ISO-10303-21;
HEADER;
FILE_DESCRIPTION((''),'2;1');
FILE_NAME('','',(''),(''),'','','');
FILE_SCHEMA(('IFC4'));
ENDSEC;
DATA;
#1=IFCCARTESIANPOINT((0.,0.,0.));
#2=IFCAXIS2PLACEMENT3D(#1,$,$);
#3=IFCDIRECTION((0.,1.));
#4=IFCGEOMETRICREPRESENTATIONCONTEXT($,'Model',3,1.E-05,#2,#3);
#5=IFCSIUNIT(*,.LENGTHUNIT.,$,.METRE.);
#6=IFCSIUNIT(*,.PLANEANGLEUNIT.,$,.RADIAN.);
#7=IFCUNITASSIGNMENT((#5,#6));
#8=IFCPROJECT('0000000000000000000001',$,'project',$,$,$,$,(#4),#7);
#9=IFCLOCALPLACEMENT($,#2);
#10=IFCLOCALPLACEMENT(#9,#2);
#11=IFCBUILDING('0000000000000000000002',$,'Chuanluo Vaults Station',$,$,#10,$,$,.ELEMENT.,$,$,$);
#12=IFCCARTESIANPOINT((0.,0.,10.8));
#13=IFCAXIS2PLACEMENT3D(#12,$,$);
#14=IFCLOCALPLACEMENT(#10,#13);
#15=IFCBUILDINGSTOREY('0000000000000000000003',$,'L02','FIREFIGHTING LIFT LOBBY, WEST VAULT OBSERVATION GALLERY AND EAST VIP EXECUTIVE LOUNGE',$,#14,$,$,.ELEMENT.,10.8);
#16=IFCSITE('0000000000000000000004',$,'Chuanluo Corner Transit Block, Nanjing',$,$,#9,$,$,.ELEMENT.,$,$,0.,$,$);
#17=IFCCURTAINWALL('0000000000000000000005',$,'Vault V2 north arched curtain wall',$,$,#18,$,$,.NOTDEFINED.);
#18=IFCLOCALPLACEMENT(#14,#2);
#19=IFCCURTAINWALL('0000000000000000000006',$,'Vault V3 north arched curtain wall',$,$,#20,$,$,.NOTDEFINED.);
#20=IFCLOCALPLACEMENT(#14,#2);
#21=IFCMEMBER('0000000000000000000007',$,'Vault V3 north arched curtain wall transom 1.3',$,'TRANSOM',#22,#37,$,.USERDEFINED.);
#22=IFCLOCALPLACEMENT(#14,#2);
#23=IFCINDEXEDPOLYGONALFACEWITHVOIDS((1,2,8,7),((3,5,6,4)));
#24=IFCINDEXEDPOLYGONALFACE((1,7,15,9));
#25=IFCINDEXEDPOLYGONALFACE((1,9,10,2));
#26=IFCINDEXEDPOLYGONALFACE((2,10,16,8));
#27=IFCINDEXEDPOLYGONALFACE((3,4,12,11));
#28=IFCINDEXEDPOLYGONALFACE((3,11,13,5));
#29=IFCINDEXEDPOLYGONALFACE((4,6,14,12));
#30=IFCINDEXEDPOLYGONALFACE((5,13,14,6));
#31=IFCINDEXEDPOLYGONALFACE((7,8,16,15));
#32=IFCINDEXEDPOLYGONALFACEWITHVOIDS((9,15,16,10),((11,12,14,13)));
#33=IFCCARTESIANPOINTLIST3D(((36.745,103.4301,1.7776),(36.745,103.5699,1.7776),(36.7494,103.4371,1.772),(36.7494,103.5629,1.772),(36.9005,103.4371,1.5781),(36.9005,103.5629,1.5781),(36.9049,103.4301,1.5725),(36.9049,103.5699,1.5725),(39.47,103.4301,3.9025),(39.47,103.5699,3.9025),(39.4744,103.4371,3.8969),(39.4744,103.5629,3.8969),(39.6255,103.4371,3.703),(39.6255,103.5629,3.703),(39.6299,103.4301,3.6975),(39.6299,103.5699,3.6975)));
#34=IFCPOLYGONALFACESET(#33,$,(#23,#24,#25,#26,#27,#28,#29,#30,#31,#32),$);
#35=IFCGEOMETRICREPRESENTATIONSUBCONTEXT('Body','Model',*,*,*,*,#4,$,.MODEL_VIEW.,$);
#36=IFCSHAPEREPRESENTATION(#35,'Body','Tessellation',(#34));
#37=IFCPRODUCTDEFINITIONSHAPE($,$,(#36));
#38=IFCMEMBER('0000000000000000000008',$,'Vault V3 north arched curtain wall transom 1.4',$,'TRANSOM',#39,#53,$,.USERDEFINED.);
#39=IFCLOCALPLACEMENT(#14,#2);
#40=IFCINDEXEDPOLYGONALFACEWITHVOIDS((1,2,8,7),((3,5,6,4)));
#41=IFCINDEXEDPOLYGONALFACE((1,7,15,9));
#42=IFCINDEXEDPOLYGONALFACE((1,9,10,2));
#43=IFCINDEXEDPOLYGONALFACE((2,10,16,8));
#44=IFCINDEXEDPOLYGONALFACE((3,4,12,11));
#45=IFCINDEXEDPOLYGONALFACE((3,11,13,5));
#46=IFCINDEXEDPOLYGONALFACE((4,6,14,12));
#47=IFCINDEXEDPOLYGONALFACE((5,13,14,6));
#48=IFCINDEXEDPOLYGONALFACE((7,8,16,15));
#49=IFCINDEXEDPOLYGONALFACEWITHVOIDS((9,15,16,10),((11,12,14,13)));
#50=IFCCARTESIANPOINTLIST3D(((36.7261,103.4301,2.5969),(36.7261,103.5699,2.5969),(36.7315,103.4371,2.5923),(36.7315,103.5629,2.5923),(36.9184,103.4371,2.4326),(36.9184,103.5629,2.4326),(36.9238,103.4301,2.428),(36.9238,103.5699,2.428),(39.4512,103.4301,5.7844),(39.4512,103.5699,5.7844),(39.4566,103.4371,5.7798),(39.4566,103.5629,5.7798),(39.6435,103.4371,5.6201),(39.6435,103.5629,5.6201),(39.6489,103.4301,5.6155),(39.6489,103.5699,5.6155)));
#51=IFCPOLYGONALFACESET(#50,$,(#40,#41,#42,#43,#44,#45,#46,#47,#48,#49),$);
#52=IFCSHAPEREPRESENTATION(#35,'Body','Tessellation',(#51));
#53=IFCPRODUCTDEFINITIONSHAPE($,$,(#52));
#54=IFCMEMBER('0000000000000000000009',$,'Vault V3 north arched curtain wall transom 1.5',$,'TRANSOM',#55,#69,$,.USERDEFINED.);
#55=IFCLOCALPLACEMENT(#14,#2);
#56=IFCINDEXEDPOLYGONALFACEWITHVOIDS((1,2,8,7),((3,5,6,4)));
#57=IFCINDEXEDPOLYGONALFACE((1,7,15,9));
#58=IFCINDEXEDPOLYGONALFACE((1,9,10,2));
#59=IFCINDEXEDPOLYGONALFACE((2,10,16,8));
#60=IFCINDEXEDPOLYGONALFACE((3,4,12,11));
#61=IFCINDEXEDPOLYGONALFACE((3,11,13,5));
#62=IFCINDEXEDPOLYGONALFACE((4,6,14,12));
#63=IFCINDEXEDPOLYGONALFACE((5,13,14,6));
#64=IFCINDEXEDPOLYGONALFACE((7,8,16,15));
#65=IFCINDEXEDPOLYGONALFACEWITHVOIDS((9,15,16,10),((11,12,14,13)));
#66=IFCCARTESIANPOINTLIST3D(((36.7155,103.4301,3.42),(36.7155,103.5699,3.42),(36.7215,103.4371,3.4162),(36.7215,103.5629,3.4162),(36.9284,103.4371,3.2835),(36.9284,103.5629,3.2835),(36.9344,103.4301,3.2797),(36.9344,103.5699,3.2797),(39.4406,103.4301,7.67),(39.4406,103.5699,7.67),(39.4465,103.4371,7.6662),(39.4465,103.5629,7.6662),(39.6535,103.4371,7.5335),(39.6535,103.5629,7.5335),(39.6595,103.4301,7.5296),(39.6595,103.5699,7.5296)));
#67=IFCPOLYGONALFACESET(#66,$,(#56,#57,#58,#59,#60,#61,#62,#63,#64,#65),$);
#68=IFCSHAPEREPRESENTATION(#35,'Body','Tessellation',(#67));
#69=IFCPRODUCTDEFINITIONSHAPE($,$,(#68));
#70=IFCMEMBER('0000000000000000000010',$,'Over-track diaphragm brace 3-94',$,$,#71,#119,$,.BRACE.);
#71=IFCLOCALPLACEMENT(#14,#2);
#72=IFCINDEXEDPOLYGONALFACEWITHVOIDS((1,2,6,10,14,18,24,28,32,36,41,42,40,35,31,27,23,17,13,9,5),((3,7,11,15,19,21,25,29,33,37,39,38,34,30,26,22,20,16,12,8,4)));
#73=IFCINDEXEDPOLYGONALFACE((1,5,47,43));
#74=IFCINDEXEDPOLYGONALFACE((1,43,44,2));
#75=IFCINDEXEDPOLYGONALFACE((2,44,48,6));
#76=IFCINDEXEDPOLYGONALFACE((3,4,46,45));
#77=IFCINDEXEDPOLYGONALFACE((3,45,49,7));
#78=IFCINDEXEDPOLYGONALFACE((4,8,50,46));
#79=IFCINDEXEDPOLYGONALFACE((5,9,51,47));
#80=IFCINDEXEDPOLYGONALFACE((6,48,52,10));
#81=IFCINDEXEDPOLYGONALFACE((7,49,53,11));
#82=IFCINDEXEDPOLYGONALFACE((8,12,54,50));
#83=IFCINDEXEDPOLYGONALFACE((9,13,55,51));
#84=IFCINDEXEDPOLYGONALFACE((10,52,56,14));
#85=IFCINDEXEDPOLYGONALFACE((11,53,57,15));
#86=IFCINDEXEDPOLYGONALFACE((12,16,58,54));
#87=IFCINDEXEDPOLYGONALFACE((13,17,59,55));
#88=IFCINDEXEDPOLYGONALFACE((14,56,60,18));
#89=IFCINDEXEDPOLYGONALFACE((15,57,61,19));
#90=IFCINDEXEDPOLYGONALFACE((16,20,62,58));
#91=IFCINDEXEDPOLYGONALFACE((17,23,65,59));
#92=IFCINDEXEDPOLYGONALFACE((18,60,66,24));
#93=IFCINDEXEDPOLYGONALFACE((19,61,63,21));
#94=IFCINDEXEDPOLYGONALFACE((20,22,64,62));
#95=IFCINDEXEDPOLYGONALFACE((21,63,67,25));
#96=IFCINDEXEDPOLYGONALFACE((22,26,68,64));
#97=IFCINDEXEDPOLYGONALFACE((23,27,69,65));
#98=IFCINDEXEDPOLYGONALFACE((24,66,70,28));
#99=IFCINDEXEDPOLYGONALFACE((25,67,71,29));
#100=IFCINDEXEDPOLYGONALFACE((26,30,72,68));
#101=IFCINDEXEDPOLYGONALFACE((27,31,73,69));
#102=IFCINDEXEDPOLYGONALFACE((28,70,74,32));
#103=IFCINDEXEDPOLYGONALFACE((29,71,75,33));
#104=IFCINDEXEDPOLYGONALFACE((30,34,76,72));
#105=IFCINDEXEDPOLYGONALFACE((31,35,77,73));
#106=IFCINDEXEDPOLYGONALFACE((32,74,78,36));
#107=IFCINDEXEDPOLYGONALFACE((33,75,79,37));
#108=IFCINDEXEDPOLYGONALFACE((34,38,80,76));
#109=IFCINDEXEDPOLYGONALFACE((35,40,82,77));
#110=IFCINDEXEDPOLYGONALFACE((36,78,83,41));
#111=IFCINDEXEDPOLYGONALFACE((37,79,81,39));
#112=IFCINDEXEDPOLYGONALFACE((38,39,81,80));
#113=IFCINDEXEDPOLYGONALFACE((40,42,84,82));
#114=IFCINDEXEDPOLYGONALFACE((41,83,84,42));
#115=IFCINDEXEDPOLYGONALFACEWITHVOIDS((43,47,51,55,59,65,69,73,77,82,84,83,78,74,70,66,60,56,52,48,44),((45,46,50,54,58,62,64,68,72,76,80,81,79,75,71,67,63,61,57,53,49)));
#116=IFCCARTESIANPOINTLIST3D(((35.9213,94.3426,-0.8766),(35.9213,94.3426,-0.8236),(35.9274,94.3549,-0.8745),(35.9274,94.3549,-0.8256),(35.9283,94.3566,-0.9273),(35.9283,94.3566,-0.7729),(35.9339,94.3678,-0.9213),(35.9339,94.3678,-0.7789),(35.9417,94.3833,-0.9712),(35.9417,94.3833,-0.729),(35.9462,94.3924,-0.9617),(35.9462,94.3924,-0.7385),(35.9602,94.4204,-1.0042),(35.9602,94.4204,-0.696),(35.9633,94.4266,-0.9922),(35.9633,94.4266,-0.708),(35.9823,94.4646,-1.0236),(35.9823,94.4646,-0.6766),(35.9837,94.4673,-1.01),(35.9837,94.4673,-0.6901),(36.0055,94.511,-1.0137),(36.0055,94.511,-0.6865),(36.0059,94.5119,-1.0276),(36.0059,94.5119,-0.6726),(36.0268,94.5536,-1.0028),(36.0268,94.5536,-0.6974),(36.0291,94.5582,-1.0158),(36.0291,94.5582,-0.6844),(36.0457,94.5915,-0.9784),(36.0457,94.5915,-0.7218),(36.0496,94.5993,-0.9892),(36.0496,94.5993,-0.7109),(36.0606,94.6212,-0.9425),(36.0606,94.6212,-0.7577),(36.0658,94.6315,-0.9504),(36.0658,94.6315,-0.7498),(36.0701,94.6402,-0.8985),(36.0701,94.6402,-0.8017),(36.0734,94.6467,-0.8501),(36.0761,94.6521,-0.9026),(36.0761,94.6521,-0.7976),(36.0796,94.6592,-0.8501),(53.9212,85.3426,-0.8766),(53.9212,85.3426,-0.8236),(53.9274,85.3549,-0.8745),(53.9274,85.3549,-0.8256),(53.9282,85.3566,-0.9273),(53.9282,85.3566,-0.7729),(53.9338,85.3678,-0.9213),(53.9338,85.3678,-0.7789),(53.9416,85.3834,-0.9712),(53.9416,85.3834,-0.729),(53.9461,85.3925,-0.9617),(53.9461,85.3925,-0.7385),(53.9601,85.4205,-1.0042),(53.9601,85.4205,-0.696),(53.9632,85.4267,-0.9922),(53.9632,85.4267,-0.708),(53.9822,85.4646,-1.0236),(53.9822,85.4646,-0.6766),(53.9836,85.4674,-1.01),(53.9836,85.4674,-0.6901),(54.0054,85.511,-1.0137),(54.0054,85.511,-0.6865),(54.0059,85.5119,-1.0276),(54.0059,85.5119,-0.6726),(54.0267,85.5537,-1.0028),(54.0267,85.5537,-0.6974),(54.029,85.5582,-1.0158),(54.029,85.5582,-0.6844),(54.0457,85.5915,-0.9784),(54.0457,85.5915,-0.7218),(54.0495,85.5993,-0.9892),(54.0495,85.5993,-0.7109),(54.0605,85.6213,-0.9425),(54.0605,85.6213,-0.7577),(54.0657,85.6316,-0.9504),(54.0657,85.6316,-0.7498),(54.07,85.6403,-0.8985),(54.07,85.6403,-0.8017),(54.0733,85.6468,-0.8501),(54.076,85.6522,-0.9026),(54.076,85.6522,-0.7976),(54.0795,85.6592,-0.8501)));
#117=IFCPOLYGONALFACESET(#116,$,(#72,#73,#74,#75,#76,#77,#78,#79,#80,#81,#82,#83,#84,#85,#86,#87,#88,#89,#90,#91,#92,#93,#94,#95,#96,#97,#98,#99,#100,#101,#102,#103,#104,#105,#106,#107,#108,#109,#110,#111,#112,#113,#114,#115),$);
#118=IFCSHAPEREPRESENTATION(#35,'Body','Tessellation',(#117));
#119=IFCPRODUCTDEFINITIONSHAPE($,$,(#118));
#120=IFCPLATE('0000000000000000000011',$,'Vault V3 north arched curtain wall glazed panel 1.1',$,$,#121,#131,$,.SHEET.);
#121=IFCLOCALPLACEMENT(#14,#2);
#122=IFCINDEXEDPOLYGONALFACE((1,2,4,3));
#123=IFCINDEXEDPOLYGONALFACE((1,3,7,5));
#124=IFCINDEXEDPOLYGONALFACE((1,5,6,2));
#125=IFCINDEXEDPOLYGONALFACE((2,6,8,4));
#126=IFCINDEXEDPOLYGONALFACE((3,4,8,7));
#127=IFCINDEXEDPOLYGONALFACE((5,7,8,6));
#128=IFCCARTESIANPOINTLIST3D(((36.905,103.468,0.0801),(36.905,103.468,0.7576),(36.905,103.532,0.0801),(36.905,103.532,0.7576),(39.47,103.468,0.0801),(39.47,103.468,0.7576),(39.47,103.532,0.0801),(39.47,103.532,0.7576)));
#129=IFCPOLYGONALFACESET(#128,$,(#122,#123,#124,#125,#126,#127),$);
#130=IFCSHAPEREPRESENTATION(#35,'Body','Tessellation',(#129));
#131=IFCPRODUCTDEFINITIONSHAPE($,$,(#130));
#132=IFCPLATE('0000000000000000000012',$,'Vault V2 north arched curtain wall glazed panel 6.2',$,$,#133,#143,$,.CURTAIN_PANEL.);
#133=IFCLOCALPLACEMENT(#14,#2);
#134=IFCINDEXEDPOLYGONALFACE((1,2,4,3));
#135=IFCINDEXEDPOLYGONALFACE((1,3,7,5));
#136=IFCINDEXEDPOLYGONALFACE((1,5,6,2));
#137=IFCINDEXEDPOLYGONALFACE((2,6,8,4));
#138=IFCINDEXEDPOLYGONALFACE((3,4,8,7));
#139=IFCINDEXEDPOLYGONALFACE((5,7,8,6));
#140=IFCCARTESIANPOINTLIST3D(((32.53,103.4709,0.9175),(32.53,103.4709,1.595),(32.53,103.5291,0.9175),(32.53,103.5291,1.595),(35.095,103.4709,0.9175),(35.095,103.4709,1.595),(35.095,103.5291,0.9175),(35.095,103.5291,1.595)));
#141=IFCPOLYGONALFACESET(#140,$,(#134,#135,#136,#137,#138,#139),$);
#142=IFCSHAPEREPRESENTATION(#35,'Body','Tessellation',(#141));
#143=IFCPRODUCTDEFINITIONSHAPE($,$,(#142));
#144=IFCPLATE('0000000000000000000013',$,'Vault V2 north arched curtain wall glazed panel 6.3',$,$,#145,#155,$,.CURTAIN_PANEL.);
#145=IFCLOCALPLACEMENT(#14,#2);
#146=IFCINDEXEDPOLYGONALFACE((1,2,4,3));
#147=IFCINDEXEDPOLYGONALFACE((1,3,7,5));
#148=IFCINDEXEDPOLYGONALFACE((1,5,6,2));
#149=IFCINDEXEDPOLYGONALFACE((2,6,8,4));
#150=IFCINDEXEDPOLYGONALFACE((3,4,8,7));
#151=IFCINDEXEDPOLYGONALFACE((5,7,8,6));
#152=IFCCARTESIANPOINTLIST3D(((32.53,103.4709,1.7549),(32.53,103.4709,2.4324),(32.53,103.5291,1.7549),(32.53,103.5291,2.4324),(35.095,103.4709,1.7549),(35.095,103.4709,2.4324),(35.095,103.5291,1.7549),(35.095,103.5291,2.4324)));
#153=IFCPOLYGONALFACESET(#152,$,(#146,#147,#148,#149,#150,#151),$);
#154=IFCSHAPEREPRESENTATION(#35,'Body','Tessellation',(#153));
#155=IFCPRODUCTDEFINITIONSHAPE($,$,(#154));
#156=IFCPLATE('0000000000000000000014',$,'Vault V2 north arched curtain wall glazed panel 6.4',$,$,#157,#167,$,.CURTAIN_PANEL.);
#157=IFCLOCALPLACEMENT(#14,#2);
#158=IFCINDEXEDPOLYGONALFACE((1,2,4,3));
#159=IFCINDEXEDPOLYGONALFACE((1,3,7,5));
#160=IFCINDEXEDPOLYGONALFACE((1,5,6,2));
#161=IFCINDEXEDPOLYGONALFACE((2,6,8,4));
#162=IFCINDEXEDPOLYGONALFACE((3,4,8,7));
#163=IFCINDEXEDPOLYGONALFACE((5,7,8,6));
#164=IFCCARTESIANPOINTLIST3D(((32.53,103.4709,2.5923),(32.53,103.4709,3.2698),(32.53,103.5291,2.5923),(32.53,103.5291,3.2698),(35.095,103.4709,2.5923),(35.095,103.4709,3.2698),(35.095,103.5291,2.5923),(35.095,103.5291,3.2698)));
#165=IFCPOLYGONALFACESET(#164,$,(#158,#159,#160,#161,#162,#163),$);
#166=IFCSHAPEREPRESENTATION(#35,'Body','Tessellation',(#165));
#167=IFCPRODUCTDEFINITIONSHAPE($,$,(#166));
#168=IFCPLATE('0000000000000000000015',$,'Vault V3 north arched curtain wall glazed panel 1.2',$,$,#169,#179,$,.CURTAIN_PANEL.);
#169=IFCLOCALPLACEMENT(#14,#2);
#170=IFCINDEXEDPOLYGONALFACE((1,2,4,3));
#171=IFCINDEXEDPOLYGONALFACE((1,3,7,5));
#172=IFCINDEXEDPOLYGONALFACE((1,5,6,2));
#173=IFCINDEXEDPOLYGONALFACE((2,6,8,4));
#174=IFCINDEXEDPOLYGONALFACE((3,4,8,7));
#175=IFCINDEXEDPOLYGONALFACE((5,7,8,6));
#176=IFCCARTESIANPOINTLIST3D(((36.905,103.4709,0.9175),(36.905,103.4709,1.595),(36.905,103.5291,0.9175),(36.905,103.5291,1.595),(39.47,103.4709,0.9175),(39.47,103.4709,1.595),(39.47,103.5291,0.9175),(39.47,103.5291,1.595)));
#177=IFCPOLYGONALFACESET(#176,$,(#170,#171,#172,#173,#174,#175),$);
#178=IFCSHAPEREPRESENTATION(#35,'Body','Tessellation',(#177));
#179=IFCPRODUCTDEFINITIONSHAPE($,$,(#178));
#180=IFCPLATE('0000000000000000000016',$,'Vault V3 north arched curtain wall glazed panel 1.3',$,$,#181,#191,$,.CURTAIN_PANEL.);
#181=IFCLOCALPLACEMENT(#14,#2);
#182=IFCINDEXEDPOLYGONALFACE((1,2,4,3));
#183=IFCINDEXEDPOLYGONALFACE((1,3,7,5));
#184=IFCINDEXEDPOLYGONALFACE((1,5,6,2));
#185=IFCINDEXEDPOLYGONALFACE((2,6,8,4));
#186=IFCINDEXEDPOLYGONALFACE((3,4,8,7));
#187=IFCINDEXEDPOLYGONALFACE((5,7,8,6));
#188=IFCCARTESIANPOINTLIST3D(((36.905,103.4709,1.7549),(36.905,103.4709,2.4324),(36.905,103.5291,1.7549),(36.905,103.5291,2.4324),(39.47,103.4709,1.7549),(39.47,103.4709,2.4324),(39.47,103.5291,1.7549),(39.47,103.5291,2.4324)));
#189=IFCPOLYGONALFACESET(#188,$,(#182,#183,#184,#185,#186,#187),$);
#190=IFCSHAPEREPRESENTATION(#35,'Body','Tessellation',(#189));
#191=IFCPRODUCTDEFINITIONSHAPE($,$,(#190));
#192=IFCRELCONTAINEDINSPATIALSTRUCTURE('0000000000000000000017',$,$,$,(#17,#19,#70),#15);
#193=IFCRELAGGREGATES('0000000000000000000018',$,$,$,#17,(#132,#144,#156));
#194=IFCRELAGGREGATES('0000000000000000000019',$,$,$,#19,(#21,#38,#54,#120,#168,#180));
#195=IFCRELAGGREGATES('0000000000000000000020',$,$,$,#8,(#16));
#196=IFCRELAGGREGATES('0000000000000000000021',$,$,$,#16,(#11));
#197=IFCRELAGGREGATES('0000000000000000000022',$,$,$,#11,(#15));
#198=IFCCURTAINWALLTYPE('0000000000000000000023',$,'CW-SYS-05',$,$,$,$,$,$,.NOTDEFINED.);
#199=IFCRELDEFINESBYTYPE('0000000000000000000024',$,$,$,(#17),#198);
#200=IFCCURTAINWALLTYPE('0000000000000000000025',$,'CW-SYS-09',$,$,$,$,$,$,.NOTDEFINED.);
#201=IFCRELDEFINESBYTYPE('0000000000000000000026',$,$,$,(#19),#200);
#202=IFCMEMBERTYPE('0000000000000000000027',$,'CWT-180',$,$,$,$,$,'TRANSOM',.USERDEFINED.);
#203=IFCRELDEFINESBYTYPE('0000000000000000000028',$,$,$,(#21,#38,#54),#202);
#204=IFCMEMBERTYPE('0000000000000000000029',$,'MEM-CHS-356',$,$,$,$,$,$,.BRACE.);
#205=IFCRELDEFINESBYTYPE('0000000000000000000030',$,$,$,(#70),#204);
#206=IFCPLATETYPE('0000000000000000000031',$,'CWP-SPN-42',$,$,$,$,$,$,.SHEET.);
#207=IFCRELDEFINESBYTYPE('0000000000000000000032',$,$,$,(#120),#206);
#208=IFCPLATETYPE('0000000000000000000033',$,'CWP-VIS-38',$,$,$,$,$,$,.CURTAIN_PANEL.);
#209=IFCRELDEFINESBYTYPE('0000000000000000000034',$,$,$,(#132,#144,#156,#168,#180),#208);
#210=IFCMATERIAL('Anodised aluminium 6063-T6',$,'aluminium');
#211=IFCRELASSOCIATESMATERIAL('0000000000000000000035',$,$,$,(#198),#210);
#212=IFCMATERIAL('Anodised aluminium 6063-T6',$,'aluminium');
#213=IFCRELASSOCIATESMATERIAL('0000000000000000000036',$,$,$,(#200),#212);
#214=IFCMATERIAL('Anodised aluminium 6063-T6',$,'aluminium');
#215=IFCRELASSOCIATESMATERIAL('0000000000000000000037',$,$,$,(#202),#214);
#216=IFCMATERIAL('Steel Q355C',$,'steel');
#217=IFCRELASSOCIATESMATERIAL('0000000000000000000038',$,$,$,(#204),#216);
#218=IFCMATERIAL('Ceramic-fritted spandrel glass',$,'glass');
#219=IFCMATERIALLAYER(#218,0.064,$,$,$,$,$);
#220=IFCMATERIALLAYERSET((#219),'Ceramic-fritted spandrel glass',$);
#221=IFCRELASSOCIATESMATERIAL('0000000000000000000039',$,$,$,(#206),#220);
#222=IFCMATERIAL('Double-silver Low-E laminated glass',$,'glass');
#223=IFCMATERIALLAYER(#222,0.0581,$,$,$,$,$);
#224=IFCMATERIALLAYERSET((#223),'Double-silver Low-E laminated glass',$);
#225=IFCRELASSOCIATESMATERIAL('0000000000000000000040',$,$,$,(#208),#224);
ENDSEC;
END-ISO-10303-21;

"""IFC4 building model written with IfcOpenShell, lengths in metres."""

from ifc_helpers import new_model, si_unit, direction, frame, origin, origin_2d, place, context, subcontext, project, spatial, rectangle, hollow_rectangle, hollow_circle, extrude, material, layer, layer_set, material_profile, profile_set, type_object, element, aggregate, save


model = new_model("IFC4")

# Units and contexts
model_context = context("Model", 3, precision=1e-05, world=origin(), true_north=direction((0.0, 1.0)))
body_context = subcontext(model_context, "Body", "Model", "MODEL_VIEW")
ifc_project = project(units=[si_unit("LENGTHUNIT", "METRE"), si_unit("PLANEANGLEUNIT", "RADIAN")], contexts=[model_context])

# Site, building, storey
site_placement = place(None, origin())
site = spatial("IfcSite", under=ifc_project, at=site_placement, Name="Chuanluo Corner Transit Block, Nanjing", CompositionType="ELEMENT", RefElevation=0.0)
building_placement = place(site_placement, origin())
building = spatial("IfcBuilding", under=site, at=building_placement, Name="Chuanluo Vaults Station", CompositionType="ELEMENT")
storey_placement = place(building_placement, frame((0.0, 0.0, 10.8)))
storey = spatial("IfcBuildingStorey", under=building, at=storey_placement, Name="L02", Description="FIREFIGHTING LIFT LOBBY, WEST VAULT OBSERVATION GALLERY AND EAST VIP EXECUTIVE LOUNGE", CompositionType="ELEMENT", Elevation=10.8)

# Curtain wall
ifc_material_1 = material(Name="Anodised aluminium 6063-T6", Category="aluminium")
curtain_wall_type_1 = type_object("IfcCurtainWallType", Name="CW-SYS-05", PredefinedType="NOTDEFINED", material=ifc_material_1)
curtain_wall_1_placement = place(storey_placement, origin())
curtain_wall_1 = element("IfcCurtainWall", 1, at=curtain_wall_1_placement, inside=storey, type_object=curtain_wall_type_1, Name="Vault V2 north arched curtain wall", PredefinedType="NOTDEFINED")

# Curtain wall, members
ifc_material_2 = material(Name="Anodised aluminium 6063-T6", Category="aluminium")
curtain_wall_type_2 = type_object("IfcCurtainWallType", Name="CW-SYS-09", PredefinedType="NOTDEFINED", material=ifc_material_2)
curtain_wall_2_placement = place(storey_placement, origin())
curtain_wall_2 = element("IfcCurtainWall", 2, at=curtain_wall_2_placement, inside=storey, type_object=curtain_wall_type_2, Name="Vault V3 north arched curtain wall", PredefinedType="NOTDEFINED")
ifc_material_3 = material(Name="Anodised aluminium 6063-T6", Category="aluminium")
ifc_material_profile_1 = material_profile(ifc_material_3, hollow_rectangle(XDim=0.1399, YDim=0.26, WallThickness=0.0071, at=origin_2d()))
ifc_profile_set_1 = profile_set([ifc_material_profile_1], Name="Anodised aluminium 6063-T6")
member_type_1 = type_object("IfcMemberType", Name="CWT-180", ElementType="TRANSOM", PredefinedType="USERDEFINED", material=ifc_profile_set_1)
member_1_placement = place(storey_placement, frame((36.825, 103.5, 1.675), z_axis=(0.788583, 0.0, 0.614928), x_axis=(0.0, 1.0, 0.0)))
member_1 = element("IfcMember", 3, at=member_1_placement, type_object=member_type_1, Name="Vault V3 north arched curtain wall transom 1.3", ObjectType="TRANSOM", PredefinedType="USERDEFINED", context=body_context, shape_type="SweptSolid", body=[
    extrude(hollow_rectangle(XDim=0.1399, YDim=0.26, WallThickness=0.0071, at=origin_2d()), origin(), (0.0, 0.0, 1.0), 3.4556),
])
member_2_placement = place(storey_placement, frame((36.825, 103.5, 2.5125), z_axis=(0.649822, 0.0, 0.760086), x_axis=(0.0, 1.0, 0.0)))
member_2 = element("IfcMember", 4, at=member_2_placement, type_object=member_type_1, Name="Vault V3 north arched curtain wall transom 1.4", ObjectType="TRANSOM", PredefinedType="USERDEFINED", context=body_context, shape_type="SweptSolid", body=[
    extrude(hollow_rectangle(XDim=0.1399, YDim=0.26, WallThickness=0.0071, at=origin_2d()), origin(), (0.0, 0.0, 1.0), 4.1936),
])
member_3_placement = place(storey_placement, frame((36.825, 103.5, 3.3499), z_axis=(0.53977, 0.0, 0.841813), x_axis=(0.0, 1.0, 0.0)))
member_3 = element("IfcMember", 5, at=member_3_placement, type_object=member_type_1, Name="Vault V3 north arched curtain wall transom 1.5", ObjectType="TRANSOM", PredefinedType="USERDEFINED", context=body_context, shape_type="SweptSolid", body=[
    extrude(hollow_rectangle(XDim=0.1399, YDim=0.26, WallThickness=0.0071, at=origin_2d()), origin(), (0.0, 0.0, 1.0), 5.0486),
])

# Member
ifc_material_4 = material(Name="Steel Q355C", Category="steel")
ifc_material_profile_2 = material_profile(ifc_material_4, hollow_circle(Radius=0.178, WallThickness=0.0139, at=origin_2d()))
ifc_profile_set_2 = profile_set([ifc_material_profile_2], Name="Steel Q355C")
member_type_2 = type_object("IfcMemberType", Name="MEM-CHS-356", PredefinedType="BRACE", material=ifc_profile_set_2)
member_4_placement = place(storey_placement, frame((36.0, 94.5, -0.8501), z_axis=(0.894427, -0.447214, 0.0), x_axis=(0.447214, 0.894427, 0.0)))
element("IfcMember", 6, at=member_4_placement, inside=storey, type_object=member_type_2, Name="Over-track diaphragm brace 3-94", PredefinedType="BRACE", context=body_context, shape_type="SweptSolid", body=[
    extrude(hollow_circle(Radius=0.178, WallThickness=0.0139, at=origin_2d()), origin(), (0.0, 0.0, 1.0), 20.1245),
])

# Plates
ifc_material_5 = material(Name="Ceramic-fritted spandrel glass", Category="glass")
ifc_layer_1 = layer(ifc_material_5, 0.064)
ifc_layer_set_1 = layer_set([ifc_layer_1], Name="Ceramic-fritted spandrel glass")
plate_type_1 = type_object("IfcPlateType", Name="CWP-SPN-42", PredefinedType="SHEET", material=ifc_layer_set_1)
plate_1_placement = place(storey_placement, frame((38.1875, 103.5, 0.0801), z_axis=(0.0, 0.0, 1.0), x_axis=(1.0, 0.0, 0.0)))
plate_1 = element("IfcPlate", 7, at=plate_1_placement, type_object=plate_type_1, Name="Vault V3 north arched curtain wall glazed panel 1.1", PredefinedType="SHEET", context=body_context, shape_type="SweptSolid", body=[
    extrude(rectangle(XDim=2.5649, YDim=0.064, at=origin_2d()), origin(), (0.0, 0.0, 1.0), 0.6775),
])
ifc_material_6 = material(Name="Double-silver Low-E laminated glass", Category="glass")
ifc_layer_2 = layer(ifc_material_6, 0.0581)
ifc_layer_set_2 = layer_set([ifc_layer_2], Name="Double-silver Low-E laminated glass")
plate_type_2 = type_object("IfcPlateType", Name="CWP-VIS-38", PredefinedType="CURTAIN_PANEL", material=ifc_layer_set_2)
plate_2_placement = place(storey_placement, frame((33.8125, 103.5, 0.9175), z_axis=(0.0, 0.0, 1.0), x_axis=(1.0, 0.0, 0.0)))
plate_2 = element("IfcPlate", 8, at=plate_2_placement, type_object=plate_type_2, Name="Vault V2 north arched curtain wall glazed panel 6.2", PredefinedType="CURTAIN_PANEL", context=body_context, shape_type="SweptSolid", body=[
    extrude(rectangle(XDim=2.5649, YDim=0.0581, at=origin_2d()), origin(), (0.0, 0.0, 1.0), 0.6775),
])
plate_3_placement = place(storey_placement, frame((33.8125, 103.5, 1.7549), z_axis=(0.0, 0.0, 1.0), x_axis=(1.0, 0.0, 0.0)))
plate_3 = element("IfcPlate", 9, at=plate_3_placement, type_object=plate_type_2, Name="Vault V2 north arched curtain wall glazed panel 6.3", PredefinedType="CURTAIN_PANEL", context=body_context, shape_type="SweptSolid", body=[
    extrude(rectangle(XDim=2.5649, YDim=0.0581, at=origin_2d()), origin(), (0.0, 0.0, 1.0), 0.6775),
])
plate_4_placement = place(storey_placement, frame((33.8125, 103.5, 2.5923), z_axis=(0.0, 0.0, 1.0), x_axis=(1.0, 0.0, 0.0)))
plate_4 = element("IfcPlate", 10, at=plate_4_placement, type_object=plate_type_2, Name="Vault V2 north arched curtain wall glazed panel 6.4", PredefinedType="CURTAIN_PANEL", context=body_context, shape_type="SweptSolid", body=[
    extrude(rectangle(XDim=2.5649, YDim=0.0581, at=origin_2d()), origin(), (0.0, 0.0, 1.0), 0.6775),
])
aggregate(curtain_wall_1, [plate_2, plate_3, plate_4])
plate_5_placement = place(storey_placement, frame((38.1875, 103.5, 0.9175), z_axis=(0.0, 0.0, 1.0), x_axis=(1.0, 0.0, 0.0)))
plate_5 = element("IfcPlate", 11, at=plate_5_placement, type_object=plate_type_2, Name="Vault V3 north arched curtain wall glazed panel 1.2", PredefinedType="CURTAIN_PANEL", context=body_context, shape_type="SweptSolid", body=[
    extrude(rectangle(XDim=2.5649, YDim=0.0581, at=origin_2d()), origin(), (0.0, 0.0, 1.0), 0.6775),
])
plate_6_placement = place(storey_placement, frame((38.1875, 103.5, 1.7549), z_axis=(0.0, 0.0, 1.0), x_axis=(1.0, 0.0, 0.0)))
plate_6 = element("IfcPlate", 12, at=plate_6_placement, type_object=plate_type_2, Name="Vault V3 north arched curtain wall glazed panel 1.3", PredefinedType="CURTAIN_PANEL", context=body_context, shape_type="SweptSolid", body=[
    extrude(rectangle(XDim=2.5649, YDim=0.0581, at=origin_2d()), origin(), (0.0, 0.0, 1.0), 0.6775),
])
aggregate(curtain_wall_2, [member_1, member_2, member_3, plate_1, plate_5, plate_6])

save(model, "model.ifc")
